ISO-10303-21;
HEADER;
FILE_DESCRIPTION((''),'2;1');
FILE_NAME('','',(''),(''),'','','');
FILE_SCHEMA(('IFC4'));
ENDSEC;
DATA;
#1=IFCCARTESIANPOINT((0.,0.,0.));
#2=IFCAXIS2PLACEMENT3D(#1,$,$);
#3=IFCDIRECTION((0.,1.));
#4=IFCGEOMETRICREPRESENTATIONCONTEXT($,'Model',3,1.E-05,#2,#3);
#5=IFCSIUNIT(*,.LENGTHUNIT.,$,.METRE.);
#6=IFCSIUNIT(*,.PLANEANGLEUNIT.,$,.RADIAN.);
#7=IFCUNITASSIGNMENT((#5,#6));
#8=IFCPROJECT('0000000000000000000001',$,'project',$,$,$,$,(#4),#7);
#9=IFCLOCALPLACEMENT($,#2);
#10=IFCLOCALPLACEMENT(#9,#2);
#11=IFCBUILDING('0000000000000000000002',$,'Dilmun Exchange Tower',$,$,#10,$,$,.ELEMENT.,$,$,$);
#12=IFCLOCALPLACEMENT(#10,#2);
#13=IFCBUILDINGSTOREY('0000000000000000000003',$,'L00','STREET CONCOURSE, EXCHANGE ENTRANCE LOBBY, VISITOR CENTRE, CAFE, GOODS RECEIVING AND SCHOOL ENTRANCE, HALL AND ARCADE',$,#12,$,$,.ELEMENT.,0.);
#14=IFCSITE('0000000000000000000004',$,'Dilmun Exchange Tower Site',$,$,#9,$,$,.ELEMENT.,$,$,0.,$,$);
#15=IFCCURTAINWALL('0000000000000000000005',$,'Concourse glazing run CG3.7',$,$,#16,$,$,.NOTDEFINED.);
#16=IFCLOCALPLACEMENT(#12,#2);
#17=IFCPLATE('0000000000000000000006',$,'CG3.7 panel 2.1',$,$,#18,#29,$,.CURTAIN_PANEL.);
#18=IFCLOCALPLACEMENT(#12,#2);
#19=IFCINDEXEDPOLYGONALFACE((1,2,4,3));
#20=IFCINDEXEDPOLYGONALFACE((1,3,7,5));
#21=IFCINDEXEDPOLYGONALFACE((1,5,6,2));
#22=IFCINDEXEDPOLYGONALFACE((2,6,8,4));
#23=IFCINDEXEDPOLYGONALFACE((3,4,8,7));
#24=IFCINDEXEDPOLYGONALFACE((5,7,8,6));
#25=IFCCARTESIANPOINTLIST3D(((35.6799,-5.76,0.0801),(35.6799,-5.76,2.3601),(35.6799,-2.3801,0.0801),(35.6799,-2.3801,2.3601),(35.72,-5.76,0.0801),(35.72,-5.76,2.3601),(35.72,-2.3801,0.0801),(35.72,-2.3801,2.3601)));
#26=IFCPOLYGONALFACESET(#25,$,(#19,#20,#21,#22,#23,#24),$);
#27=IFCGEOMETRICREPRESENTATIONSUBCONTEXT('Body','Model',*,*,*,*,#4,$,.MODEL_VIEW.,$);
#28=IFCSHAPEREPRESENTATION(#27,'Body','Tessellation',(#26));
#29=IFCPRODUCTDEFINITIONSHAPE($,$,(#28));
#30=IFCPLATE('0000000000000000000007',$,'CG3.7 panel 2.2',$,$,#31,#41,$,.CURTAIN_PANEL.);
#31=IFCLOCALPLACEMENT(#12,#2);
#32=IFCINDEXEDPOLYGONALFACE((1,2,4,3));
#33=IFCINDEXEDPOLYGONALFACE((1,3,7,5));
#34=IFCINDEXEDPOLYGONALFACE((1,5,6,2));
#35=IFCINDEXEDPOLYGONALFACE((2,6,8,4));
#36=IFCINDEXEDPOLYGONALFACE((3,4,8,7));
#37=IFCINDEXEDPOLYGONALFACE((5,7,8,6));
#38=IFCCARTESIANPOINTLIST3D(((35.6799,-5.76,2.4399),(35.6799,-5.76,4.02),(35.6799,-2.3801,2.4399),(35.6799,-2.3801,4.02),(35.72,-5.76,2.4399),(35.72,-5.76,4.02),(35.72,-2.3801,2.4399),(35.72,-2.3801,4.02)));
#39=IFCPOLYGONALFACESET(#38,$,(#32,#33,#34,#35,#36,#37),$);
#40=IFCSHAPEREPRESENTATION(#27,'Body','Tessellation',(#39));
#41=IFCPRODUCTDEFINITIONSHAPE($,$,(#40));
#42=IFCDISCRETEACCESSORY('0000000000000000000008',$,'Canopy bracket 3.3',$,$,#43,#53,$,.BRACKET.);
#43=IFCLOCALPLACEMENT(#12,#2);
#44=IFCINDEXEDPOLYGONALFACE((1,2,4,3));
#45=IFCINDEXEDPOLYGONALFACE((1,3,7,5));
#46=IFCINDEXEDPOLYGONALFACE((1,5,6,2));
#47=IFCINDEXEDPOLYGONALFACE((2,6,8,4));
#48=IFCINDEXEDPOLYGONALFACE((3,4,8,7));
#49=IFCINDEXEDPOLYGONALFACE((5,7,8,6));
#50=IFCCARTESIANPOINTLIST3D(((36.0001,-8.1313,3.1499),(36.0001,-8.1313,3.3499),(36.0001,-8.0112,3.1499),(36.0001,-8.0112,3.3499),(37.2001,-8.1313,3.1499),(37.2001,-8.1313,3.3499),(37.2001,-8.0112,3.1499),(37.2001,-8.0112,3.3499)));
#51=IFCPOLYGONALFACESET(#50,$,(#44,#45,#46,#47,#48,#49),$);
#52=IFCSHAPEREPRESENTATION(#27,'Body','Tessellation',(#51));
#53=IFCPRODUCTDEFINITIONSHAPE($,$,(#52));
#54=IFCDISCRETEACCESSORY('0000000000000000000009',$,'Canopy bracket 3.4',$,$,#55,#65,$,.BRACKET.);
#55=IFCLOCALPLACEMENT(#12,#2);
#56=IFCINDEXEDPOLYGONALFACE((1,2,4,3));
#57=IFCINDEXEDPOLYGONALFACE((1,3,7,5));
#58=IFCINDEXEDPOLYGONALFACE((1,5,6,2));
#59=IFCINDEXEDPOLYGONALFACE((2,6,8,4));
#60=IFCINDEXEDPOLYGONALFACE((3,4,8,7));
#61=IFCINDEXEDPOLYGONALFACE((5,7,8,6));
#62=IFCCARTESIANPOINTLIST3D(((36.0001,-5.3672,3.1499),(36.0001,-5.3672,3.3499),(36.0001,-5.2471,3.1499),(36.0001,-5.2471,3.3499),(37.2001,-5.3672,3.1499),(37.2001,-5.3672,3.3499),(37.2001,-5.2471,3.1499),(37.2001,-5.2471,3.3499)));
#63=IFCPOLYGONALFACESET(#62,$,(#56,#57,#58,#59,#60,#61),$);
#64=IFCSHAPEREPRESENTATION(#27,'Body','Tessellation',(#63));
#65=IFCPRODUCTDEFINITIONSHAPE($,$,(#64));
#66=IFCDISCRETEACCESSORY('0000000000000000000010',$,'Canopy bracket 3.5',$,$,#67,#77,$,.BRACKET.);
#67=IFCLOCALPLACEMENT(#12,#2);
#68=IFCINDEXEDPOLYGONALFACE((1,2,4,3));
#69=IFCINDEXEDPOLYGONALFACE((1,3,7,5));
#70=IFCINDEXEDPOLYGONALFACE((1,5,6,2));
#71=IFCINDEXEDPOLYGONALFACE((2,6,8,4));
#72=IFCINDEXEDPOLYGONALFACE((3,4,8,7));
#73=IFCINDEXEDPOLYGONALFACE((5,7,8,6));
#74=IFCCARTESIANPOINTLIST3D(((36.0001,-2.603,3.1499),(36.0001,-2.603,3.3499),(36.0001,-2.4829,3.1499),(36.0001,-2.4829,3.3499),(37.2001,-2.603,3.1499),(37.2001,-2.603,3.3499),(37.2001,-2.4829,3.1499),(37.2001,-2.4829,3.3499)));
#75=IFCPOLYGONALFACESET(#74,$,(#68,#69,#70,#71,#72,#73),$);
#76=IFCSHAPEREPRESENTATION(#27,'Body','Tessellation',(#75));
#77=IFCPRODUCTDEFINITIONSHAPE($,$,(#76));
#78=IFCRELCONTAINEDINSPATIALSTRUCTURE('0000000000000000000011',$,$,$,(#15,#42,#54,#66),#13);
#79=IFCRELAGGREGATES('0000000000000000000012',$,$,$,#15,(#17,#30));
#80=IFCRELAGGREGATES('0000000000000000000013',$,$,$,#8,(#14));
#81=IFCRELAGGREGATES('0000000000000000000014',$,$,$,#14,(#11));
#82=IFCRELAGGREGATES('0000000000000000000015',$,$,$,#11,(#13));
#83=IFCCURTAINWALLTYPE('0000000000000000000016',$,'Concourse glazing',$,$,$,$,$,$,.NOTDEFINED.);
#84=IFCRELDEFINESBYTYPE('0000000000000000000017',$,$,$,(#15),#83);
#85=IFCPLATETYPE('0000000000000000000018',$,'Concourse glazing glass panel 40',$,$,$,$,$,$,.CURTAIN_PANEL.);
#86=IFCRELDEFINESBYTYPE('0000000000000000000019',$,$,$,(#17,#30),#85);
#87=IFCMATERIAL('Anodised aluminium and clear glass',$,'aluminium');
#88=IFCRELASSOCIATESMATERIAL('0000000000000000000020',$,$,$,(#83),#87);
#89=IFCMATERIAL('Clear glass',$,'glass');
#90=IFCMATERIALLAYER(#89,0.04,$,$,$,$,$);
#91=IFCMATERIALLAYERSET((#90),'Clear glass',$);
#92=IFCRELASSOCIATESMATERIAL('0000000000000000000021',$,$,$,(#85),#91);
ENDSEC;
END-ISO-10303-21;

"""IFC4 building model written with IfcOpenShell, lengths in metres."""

from ifc_helpers import new_model, si_unit, direction, frame, origin, origin_2d, place, context, subcontext, project, spatial, rectangle, extrude, material, layer, layer_set, type_object, element, aggregate, save


model = new_model("IFC4")

# Units and contexts
model_context = context("Model", 3, precision=1e-05, world=origin(), true_north=direction((0.0, 1.0)))
body_context = subcontext(model_context, "Body", "Model", "MODEL_VIEW")
ifc_project = project(units=[si_unit("LENGTHUNIT", "METRE"), si_unit("PLANEANGLEUNIT", "RADIAN")], contexts=[model_context])

# Site, building, storey
site_placement = place(None, origin())
site = spatial("IfcSite", under=ifc_project, at=site_placement, Name="Dilmun Exchange Tower Site", CompositionType="ELEMENT", RefElevation=0.0)
building_placement = place(site_placement, origin())
building = spatial("IfcBuilding", under=site, at=building_placement, Name="Dilmun Exchange Tower", CompositionType="ELEMENT")
storey_placement = place(building_placement, origin())
storey = spatial("IfcBuildingStorey", under=building, at=storey_placement, Name="L00", Description="STREET CONCOURSE, EXCHANGE ENTRANCE LOBBY, VISITOR CENTRE, CAFE, GOODS RECEIVING AND SCHOOL ENTRANCE, HALL AND ARCADE", CompositionType="ELEMENT", Elevation=0.0)

# Curtain wall
ifc_material_1 = material(Name="Anodised aluminium and clear glass", Category="aluminium")
curtain_wall_type = type_object("IfcCurtainWallType", Name="Concourse glazing", PredefinedType="NOTDEFINED", material=ifc_material_1)
curtain_wall_1_placement = place(storey_placement, origin())
curtain_wall_1 = element("IfcCurtainWall", 1, at=curtain_wall_1_placement, inside=storey, type_object=curtain_wall_type, Name="Concourse glazing run CG3.7", PredefinedType="NOTDEFINED")

# Plates
ifc_material_2 = material(Name="Clear glass", Category="glass")
ifc_layer_1 = layer(ifc_material_2, 0.04)
ifc_layer_set_1 = layer_set([ifc_layer_1], Name="Clear glass")
plate_type = type_object("IfcPlateType", Name="Concourse glazing glass panel 40", PredefinedType="CURTAIN_PANEL", material=ifc_layer_set_1)
plate_1_placement = place(storey_placement, frame((35.7, -4.0701, 0.0801), z_axis=(0.0, 0.0, 1.0), x_axis=(0.0, 1.0, 0.0)))
plate_1 = element("IfcPlate", 2, at=plate_1_placement, type_object=plate_type, Name="CG3.7 panel 2.1", PredefinedType="CURTAIN_PANEL", context=body_context, shape_type="SweptSolid", body=[
    extrude(rectangle(XDim=3.3799, YDim=0.04, at=origin_2d()), origin(), (0.0, 0.0, 1.0), 2.28),
])
plate_2_placement = place(storey_placement, frame((35.7, -4.0701, 2.4399), z_axis=(0.0, 0.0, 1.0), x_axis=(0.0, 1.0, 0.0)))
plate_2 = element("IfcPlate", 3, at=plate_2_placement, type_object=plate_type, Name="CG3.7 panel 2.2", PredefinedType="CURTAIN_PANEL", context=body_context, shape_type="SweptSolid", body=[
    extrude(rectangle(XDim=3.3799, YDim=0.04, at=origin_2d()), origin(), (0.0, 0.0, 1.0), 1.5801),
])
aggregate(curtain_wall_1, [plate_1, plate_2])

# Discrete accessories
for number, where, z_axis, x_axis, name in (
    (4, (36.6001, -8.0713, 3.1499), (0.0, 0.0, 1.0), (1.0, 0.0, 0.0), "Canopy bracket 3.3"),
    (5, (36.6001, -5.3071, 3.1499), (0.0, 0.0, 1.0), (1.0, 0.0, 0.0), "Canopy bracket 3.4"),
    (6, (36.6001, -2.543, 3.1499), (0.0, 0.0, 1.0), (1.0, 0.0, 0.0), "Canopy bracket 3.5"),
):
    element("IfcDiscreteAccessory", number, at=place(storey_placement, frame(where, z_axis=z_axis, x_axis=x_axis)), inside=storey, Name=name, PredefinedType="BRACKET", context=body_context, shape_type="SweptSolid", body=[
        extrude(rectangle(XDim=1.2, YDim=0.1201, at=origin_2d()), origin(), (0.0, 0.0, 1.0), 0.2),
    ])

save(model, "model.ifc")
